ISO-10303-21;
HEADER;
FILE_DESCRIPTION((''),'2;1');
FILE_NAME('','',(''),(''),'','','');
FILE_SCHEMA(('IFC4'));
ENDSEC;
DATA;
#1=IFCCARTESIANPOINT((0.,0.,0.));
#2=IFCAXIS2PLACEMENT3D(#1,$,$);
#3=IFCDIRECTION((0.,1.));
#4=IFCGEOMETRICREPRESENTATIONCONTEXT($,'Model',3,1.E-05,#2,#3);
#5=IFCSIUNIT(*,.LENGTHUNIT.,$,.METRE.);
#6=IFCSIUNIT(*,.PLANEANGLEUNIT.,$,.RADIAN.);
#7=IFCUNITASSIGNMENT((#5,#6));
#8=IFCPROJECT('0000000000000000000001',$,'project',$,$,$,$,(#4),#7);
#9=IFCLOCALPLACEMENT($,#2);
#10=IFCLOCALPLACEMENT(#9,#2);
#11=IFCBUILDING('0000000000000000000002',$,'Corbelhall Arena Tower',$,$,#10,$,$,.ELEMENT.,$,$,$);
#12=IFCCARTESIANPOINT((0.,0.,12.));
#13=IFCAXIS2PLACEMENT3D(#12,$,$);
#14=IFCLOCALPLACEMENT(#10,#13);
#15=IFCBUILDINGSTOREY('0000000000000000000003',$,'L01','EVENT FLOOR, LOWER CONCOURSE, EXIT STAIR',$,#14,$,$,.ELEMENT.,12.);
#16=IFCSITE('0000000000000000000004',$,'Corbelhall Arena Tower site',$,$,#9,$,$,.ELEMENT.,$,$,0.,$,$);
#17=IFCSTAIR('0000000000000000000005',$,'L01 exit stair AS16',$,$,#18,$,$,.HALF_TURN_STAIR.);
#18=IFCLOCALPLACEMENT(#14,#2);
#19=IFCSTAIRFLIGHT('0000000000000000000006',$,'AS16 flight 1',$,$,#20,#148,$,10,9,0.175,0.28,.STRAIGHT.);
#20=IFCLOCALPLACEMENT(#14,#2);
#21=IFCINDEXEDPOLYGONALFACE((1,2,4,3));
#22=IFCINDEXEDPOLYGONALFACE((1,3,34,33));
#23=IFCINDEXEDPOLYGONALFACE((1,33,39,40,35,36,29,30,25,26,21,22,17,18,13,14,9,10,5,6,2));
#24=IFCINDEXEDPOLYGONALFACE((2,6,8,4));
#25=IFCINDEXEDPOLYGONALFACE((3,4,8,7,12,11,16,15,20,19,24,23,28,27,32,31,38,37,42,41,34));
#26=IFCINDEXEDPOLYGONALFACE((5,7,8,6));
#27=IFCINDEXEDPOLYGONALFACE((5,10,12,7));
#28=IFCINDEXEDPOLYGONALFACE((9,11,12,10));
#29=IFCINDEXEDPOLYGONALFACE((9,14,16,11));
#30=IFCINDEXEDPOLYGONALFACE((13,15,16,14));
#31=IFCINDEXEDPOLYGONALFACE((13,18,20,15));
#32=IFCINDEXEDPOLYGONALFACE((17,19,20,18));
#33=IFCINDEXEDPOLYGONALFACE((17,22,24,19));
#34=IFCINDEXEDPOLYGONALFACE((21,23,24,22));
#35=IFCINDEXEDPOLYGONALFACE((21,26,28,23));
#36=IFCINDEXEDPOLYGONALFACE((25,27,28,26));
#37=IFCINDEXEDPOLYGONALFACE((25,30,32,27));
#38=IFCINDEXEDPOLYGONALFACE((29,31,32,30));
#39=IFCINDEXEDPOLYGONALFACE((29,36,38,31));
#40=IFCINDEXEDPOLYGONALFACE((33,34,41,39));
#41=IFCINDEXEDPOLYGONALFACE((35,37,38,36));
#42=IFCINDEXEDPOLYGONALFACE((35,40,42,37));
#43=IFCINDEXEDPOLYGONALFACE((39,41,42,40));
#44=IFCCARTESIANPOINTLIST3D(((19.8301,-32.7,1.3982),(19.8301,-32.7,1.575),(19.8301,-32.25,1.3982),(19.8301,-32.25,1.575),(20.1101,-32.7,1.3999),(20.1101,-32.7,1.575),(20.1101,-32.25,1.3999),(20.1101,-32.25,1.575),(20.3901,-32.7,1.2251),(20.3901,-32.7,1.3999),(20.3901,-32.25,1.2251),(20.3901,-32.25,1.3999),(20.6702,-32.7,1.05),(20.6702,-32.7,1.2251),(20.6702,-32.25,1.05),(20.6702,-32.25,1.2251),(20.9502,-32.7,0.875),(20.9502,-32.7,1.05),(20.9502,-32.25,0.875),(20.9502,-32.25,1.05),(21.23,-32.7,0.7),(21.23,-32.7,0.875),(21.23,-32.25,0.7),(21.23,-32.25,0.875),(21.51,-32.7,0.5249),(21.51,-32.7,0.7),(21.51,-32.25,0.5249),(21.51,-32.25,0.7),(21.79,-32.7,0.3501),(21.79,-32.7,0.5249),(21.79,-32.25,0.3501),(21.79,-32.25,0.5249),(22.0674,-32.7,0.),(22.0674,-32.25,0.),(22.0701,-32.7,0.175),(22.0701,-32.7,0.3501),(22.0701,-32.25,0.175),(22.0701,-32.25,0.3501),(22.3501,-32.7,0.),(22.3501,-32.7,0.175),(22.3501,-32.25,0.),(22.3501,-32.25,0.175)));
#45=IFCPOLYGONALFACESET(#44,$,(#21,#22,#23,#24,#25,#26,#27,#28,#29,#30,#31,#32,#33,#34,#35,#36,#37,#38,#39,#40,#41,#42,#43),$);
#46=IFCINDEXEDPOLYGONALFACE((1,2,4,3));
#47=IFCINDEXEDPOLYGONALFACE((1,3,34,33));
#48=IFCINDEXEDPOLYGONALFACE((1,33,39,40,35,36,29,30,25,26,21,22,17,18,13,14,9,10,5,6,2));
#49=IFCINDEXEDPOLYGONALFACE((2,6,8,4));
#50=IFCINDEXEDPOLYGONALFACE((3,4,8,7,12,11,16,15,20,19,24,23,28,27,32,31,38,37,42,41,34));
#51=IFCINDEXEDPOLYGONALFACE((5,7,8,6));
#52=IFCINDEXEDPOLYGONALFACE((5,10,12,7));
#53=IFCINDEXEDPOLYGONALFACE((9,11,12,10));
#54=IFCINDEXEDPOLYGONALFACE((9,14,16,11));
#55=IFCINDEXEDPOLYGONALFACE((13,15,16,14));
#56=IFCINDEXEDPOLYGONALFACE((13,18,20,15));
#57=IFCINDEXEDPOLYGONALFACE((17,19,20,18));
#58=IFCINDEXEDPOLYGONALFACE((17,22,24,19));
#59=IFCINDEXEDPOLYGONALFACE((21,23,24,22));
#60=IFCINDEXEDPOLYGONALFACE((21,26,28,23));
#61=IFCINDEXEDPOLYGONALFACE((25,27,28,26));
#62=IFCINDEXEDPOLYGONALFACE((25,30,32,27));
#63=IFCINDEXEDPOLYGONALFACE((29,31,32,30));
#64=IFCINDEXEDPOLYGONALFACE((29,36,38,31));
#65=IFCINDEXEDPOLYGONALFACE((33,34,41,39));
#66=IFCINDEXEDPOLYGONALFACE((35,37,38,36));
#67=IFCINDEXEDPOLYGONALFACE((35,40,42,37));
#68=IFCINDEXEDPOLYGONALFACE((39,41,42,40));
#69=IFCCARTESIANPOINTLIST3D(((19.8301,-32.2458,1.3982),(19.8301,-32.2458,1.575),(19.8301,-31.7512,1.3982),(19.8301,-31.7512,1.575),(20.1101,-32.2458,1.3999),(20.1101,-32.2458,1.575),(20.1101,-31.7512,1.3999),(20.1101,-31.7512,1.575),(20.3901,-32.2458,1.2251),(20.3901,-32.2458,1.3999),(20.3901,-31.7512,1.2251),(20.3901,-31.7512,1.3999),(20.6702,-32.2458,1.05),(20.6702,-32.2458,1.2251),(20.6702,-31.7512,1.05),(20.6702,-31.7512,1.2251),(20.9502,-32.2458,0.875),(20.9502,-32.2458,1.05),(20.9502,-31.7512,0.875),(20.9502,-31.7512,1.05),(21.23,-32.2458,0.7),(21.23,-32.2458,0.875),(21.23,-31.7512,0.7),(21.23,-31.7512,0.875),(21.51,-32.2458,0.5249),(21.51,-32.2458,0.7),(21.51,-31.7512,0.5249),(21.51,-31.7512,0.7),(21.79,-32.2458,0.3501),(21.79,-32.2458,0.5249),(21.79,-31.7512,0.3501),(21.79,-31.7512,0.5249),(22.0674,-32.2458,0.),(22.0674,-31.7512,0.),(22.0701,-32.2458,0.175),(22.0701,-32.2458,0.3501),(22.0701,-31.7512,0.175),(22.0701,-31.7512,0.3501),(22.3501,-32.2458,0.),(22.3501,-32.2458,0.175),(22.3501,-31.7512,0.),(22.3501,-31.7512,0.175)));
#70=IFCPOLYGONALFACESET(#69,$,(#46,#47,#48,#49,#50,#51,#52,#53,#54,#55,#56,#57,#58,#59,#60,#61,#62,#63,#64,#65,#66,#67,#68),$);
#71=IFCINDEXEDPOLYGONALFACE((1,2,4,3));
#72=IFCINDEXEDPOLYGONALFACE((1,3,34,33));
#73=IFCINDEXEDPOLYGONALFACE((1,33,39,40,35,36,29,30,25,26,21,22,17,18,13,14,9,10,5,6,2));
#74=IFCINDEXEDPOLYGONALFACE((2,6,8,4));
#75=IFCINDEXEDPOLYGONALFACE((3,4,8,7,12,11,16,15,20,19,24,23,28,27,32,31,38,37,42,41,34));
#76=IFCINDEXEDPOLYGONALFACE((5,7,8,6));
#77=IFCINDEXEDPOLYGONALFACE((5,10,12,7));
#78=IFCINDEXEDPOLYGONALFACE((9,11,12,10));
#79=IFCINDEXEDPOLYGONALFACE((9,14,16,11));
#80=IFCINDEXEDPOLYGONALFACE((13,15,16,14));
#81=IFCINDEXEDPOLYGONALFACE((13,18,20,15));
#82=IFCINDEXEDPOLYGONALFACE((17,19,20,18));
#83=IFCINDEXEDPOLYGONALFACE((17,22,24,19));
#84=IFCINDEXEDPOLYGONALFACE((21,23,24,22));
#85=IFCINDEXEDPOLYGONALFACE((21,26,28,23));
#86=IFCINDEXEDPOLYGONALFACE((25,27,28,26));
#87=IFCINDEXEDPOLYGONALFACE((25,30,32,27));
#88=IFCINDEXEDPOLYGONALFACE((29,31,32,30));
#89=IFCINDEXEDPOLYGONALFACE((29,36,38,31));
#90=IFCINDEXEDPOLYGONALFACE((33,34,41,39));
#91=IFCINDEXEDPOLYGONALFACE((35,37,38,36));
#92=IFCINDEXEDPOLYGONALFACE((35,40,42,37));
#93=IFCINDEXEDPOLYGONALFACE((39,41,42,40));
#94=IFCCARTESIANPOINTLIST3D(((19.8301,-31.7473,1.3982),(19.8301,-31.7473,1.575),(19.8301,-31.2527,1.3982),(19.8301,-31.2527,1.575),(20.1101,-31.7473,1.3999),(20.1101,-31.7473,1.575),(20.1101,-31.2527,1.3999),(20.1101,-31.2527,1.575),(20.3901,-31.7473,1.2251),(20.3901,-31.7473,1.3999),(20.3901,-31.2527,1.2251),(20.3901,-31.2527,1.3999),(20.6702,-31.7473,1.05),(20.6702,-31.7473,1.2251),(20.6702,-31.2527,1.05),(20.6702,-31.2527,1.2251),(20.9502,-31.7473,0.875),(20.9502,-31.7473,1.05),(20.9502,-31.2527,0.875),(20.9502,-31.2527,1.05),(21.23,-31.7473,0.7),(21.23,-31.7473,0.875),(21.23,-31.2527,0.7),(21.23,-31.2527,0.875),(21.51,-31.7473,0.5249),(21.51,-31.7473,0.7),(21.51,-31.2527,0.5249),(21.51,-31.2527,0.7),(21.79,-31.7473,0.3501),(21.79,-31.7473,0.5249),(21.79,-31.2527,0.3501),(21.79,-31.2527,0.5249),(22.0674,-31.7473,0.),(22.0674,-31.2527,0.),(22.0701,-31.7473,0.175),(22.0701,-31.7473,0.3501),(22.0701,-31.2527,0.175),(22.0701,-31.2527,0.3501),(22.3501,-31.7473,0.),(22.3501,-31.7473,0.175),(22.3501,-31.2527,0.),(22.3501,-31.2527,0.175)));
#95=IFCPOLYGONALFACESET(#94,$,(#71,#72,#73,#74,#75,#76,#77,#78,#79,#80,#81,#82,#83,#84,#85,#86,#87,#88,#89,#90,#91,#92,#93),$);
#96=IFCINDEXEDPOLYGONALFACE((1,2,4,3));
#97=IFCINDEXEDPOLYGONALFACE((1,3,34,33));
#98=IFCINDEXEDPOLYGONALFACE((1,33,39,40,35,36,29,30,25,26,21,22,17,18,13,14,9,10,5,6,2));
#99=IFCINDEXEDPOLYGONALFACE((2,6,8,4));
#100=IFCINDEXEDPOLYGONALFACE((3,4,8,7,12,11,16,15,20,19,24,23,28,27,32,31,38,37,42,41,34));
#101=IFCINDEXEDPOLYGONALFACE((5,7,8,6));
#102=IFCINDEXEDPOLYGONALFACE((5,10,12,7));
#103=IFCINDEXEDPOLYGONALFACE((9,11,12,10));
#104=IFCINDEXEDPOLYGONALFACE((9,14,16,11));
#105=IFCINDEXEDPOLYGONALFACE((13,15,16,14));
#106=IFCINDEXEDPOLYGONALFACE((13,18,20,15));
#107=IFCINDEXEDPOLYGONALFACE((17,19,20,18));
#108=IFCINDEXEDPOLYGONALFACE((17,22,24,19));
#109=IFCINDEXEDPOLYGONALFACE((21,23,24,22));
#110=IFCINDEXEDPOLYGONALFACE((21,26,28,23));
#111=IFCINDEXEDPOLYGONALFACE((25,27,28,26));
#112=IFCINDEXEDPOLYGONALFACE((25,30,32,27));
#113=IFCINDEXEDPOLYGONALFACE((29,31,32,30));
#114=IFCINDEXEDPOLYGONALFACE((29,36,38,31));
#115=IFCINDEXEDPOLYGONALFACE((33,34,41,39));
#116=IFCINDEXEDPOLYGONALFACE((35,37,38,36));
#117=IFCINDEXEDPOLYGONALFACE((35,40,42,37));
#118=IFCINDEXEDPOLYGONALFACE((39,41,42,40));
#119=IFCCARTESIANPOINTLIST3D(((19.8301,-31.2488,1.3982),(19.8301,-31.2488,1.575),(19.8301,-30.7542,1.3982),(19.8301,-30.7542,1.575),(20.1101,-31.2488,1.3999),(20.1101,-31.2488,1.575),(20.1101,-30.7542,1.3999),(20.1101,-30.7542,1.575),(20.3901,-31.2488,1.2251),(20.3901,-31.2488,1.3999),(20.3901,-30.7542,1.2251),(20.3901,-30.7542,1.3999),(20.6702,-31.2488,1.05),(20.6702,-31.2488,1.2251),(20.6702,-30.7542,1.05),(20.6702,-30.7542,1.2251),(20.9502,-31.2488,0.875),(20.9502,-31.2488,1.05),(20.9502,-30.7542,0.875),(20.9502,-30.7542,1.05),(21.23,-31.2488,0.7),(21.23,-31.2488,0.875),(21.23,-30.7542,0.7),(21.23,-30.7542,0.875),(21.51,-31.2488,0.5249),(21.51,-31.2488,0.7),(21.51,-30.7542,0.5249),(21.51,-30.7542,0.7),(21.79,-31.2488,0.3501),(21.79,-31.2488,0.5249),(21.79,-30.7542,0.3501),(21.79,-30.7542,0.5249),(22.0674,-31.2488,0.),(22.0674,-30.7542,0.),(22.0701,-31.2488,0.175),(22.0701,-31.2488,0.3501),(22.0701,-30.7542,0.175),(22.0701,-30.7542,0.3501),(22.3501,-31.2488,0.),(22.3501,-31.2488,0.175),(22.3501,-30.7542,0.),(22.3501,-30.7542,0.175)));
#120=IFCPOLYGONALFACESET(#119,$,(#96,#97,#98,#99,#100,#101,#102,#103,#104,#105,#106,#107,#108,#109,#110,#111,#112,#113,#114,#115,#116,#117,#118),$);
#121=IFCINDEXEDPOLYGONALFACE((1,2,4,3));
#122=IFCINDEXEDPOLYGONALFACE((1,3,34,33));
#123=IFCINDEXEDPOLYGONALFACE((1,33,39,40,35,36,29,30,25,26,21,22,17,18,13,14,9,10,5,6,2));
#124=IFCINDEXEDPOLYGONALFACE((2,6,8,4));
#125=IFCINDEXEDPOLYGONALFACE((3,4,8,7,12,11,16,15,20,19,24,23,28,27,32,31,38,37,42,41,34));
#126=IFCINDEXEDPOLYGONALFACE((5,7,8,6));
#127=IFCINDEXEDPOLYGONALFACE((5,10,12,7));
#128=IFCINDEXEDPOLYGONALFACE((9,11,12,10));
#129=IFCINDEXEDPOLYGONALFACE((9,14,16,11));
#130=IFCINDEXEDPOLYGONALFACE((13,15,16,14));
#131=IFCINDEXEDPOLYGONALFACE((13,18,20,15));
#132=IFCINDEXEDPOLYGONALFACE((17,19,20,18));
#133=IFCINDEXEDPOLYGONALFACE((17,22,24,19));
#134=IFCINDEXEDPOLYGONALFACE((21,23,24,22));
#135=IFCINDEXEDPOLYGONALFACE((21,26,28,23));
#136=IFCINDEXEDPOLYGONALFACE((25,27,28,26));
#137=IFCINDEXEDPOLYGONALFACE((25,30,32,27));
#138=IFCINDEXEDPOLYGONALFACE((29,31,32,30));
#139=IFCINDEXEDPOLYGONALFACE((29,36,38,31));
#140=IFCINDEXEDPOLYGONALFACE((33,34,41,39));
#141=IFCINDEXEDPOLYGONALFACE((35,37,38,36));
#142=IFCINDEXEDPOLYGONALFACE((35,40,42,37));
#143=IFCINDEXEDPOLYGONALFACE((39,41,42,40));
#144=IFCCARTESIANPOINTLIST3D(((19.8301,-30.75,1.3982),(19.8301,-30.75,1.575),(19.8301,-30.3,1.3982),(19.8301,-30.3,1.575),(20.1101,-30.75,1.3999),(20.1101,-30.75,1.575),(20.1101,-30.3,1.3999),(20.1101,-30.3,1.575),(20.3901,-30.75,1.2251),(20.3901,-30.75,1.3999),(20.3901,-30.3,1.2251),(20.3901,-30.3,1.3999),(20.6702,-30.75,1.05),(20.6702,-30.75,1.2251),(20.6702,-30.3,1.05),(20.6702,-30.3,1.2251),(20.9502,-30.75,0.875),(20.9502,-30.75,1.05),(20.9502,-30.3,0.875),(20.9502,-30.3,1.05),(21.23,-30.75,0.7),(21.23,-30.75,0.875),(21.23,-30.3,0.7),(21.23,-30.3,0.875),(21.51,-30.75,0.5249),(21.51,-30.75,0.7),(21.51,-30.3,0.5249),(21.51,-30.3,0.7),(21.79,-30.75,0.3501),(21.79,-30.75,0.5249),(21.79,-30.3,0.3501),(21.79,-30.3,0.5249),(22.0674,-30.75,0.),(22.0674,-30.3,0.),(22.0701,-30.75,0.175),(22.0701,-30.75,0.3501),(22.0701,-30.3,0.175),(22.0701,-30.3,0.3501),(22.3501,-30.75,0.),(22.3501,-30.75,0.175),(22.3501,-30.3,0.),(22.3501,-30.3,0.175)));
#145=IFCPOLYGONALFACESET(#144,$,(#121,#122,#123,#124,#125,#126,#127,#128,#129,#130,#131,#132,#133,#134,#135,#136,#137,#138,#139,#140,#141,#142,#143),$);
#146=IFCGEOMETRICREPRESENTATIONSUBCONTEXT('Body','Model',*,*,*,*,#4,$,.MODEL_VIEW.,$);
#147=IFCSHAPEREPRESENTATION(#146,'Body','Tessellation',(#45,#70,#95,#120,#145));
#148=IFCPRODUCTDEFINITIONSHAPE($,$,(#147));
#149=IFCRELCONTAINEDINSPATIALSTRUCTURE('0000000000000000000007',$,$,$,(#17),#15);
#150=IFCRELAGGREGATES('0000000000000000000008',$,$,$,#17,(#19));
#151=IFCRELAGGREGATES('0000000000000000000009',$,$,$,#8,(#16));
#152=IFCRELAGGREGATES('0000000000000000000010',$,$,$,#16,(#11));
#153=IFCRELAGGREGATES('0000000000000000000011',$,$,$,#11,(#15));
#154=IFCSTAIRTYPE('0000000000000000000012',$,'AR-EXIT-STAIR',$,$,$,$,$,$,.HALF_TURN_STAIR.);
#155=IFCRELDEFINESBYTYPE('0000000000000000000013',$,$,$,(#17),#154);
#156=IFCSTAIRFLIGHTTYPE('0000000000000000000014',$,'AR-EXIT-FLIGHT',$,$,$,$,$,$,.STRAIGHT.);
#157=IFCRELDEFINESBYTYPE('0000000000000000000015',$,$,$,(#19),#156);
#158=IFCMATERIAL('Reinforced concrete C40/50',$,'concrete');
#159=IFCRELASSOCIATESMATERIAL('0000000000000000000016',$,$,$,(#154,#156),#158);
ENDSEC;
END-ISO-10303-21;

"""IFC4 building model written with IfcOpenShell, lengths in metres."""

from ifc_helpers import new_model, si_unit, direction, frame, origin, place, context, subcontext, project, spatial, polyline, outline, extrude, material, type_object, element, aggregate, save


model = new_model("IFC4")

# Units and contexts
model_context = context("Model", 3, precision=1e-05, world=origin(), true_north=direction((0.0, 1.0)))
body_context = subcontext(model_context, "Body", "Model", "MODEL_VIEW")
ifc_project = project(units=[si_unit("LENGTHUNIT", "METRE"), si_unit("PLANEANGLEUNIT", "RADIAN")], contexts=[model_context])

# Site, building, storey
site_placement = place(None, origin())
site = spatial("IfcSite", under=ifc_project, at=site_placement, Name="Corbelhall Arena Tower site", CompositionType="ELEMENT", RefElevation=0.0)
building_placement = place(site_placement, origin())
building = spatial("IfcBuilding", under=site, at=building_placement, Name="Corbelhall Arena Tower", CompositionType="ELEMENT")
storey_placement = place(building_placement, frame((0.0, 0.0, 12.0)))
storey = spatial("IfcBuildingStorey", under=building, at=storey_placement, Name="L01", Description="EVENT FLOOR, LOWER CONCOURSE, EXIT STAIR", CompositionType="ELEMENT", Elevation=12.0)

# Shared definitions
ifc_material_1 = material(Name="Reinforced concrete C40/50", Category="concrete")

# Stair, stair flight
stair_type = type_object("IfcStairType", Name="AR-EXIT-STAIR", PredefinedType="HALF_TURN_STAIR", material=ifc_material_1)
stair_placement = place(storey_placement, origin())
stair = element("IfcStair", 1, at=stair_placement, inside=storey, type_object=stair_type, Name="L01 exit stair AS16", PredefinedType="HALF_TURN_STAIR")
stair_flight_type = type_object("IfcStairFlightType", Name="AR-EXIT-FLIGHT", PredefinedType="STRAIGHT", material=ifc_material_1)
stair_flight_1_placement = place(storey_placement, frame((22.3501, -31.5, 0.0), z_axis=(0.0, 0.0, 1.0), x_axis=(-1.0, 0.0, 0.0)))
stair_flight_1 = element("IfcStairFlight", 2, at=stair_flight_1_placement, type_object=stair_flight_type, Name="AS16 flight 1", NumberOfRisers=10, NumberOfTreads=9, PredefinedType="STRAIGHT", RiserHeight=0.175, TreadLength=0.28, context=body_context, shape_type="SweptSolid", body=[
    extrude(outline(polyline([(0.0, 0.0), (0.0, 0.175), (0.28, 0.175), (0.28, 0.3501), (0.5601, 0.3501), (0.5601, 0.5249), (0.8401, 0.5249), (0.8401, 0.7), (1.1201, 0.7), (1.1201, 0.875), (1.3999, 0.875), (1.3999, 1.05), (1.6799, 1.05), (1.6799, 1.2251), (1.96, 1.2251), (1.96, 1.3999), (2.24, 1.3999), (2.24, 1.575), (2.52, 1.575), (2.52, 1.75), (2.52, 1.3982), (0.2827, 0.0), (0.0, 0.0)])), frame((0.0, 1.2, 0.0), z_axis=(0.0, -1.0, 0.0), x_axis=(1.0, 0.0, 0.0)), (0.0, 0.0, 1.0), 0.45),
    extrude(outline(polyline([(0.0, 0.0), (0.0, 0.175), (0.28, 0.175), (0.28, 0.3501), (0.5601, 0.3501), (0.5601, 0.5249), (0.8401, 0.5249), (0.8401, 0.7), (1.1201, 0.7), (1.1201, 0.875), (1.3999, 0.875), (1.3999, 1.05), (1.6799, 1.05), (1.6799, 1.2251), (1.96, 1.2251), (1.96, 1.3999), (2.24, 1.3999), (2.24, 1.575), (2.52, 1.575), (2.52, 1.75), (2.52, 1.3982), (0.2827, 0.0), (0.0, 0.0)])), frame((0.0, 0.7458, 0.0), z_axis=(0.0, -1.0, 0.0), x_axis=(1.0, 0.0, 0.0)), (0.0, 0.0, 1.0), 0.4946),
    extrude(outline(polyline([(0.0, 0.0), (0.0, 0.175), (0.28, 0.175), (0.28, 0.3501), (0.5601, 0.3501), (0.5601, 0.5249), (0.8401, 0.5249), (0.8401, 0.7), (1.1201, 0.7), (1.1201, 0.875), (1.3999, 0.875), (1.3999, 1.05), (1.6799, 1.05), (1.6799, 1.2251), (1.96, 1.2251), (1.96, 1.3999), (2.24, 1.3999), (2.24, 1.575), (2.52, 1.575), (2.52, 1.75), (2.52, 1.3982), (0.2827, 0.0), (0.0, 0.0)])), frame((0.0, 0.2473, 0.0), z_axis=(0.0, -1.0, 0.0), x_axis=(1.0, 0.0, 0.0)), (0.0, 0.0, 1.0), 0.4946),
    extrude(outline(polyline([(0.0, 0.0), (0.0, 0.175), (0.28, 0.175), (0.28, 0.3501), (0.5601, 0.3501), (0.5601, 0.5249), (0.8401, 0.5249), (0.8401, 0.7), (1.1201, 0.7), (1.1201, 0.875), (1.3999, 0.875), (1.3999, 1.05), (1.6799, 1.05), (1.6799, 1.2251), (1.96, 1.2251), (1.96, 1.3999), (2.24, 1.3999), (2.24, 1.575), (2.52, 1.575), (2.52, 1.75), (2.52, 1.3982), (0.2827, 0.0), (0.0, 0.0)])), frame((0.0, -0.2512, 0.0), z_axis=(0.0, -1.0, 0.0), x_axis=(1.0, 0.0, 0.0)), (0.0, 0.0, 1.0), 0.4946),
    extrude(outline(polyline([(0.0, 0.0), (0.0, 0.175), (0.28, 0.175), (0.28, 0.3501), (0.5601, 0.3501), (0.5601, 0.5249), (0.8401, 0.5249), (0.8401, 0.7), (1.1201, 0.7), (1.1201, 0.875), (1.3999, 0.875), (1.3999, 1.05), (1.6799, 1.05), (1.6799, 1.2251), (1.96, 1.2251), (1.96, 1.3999), (2.24, 1.3999), (2.24, 1.575), (2.52, 1.575), (2.52, 1.75), (2.52, 1.3982), (0.2827, 0.0), (0.0, 0.0)])), frame((0.0, -0.75, 0.0), z_axis=(0.0, -1.0, 0.0), x_axis=(1.0, 0.0, 0.0)), (0.0, 0.0, 1.0), 0.45),
])
aggregate(stair, [stair_flight_1])

save(model, "model.ifc")
